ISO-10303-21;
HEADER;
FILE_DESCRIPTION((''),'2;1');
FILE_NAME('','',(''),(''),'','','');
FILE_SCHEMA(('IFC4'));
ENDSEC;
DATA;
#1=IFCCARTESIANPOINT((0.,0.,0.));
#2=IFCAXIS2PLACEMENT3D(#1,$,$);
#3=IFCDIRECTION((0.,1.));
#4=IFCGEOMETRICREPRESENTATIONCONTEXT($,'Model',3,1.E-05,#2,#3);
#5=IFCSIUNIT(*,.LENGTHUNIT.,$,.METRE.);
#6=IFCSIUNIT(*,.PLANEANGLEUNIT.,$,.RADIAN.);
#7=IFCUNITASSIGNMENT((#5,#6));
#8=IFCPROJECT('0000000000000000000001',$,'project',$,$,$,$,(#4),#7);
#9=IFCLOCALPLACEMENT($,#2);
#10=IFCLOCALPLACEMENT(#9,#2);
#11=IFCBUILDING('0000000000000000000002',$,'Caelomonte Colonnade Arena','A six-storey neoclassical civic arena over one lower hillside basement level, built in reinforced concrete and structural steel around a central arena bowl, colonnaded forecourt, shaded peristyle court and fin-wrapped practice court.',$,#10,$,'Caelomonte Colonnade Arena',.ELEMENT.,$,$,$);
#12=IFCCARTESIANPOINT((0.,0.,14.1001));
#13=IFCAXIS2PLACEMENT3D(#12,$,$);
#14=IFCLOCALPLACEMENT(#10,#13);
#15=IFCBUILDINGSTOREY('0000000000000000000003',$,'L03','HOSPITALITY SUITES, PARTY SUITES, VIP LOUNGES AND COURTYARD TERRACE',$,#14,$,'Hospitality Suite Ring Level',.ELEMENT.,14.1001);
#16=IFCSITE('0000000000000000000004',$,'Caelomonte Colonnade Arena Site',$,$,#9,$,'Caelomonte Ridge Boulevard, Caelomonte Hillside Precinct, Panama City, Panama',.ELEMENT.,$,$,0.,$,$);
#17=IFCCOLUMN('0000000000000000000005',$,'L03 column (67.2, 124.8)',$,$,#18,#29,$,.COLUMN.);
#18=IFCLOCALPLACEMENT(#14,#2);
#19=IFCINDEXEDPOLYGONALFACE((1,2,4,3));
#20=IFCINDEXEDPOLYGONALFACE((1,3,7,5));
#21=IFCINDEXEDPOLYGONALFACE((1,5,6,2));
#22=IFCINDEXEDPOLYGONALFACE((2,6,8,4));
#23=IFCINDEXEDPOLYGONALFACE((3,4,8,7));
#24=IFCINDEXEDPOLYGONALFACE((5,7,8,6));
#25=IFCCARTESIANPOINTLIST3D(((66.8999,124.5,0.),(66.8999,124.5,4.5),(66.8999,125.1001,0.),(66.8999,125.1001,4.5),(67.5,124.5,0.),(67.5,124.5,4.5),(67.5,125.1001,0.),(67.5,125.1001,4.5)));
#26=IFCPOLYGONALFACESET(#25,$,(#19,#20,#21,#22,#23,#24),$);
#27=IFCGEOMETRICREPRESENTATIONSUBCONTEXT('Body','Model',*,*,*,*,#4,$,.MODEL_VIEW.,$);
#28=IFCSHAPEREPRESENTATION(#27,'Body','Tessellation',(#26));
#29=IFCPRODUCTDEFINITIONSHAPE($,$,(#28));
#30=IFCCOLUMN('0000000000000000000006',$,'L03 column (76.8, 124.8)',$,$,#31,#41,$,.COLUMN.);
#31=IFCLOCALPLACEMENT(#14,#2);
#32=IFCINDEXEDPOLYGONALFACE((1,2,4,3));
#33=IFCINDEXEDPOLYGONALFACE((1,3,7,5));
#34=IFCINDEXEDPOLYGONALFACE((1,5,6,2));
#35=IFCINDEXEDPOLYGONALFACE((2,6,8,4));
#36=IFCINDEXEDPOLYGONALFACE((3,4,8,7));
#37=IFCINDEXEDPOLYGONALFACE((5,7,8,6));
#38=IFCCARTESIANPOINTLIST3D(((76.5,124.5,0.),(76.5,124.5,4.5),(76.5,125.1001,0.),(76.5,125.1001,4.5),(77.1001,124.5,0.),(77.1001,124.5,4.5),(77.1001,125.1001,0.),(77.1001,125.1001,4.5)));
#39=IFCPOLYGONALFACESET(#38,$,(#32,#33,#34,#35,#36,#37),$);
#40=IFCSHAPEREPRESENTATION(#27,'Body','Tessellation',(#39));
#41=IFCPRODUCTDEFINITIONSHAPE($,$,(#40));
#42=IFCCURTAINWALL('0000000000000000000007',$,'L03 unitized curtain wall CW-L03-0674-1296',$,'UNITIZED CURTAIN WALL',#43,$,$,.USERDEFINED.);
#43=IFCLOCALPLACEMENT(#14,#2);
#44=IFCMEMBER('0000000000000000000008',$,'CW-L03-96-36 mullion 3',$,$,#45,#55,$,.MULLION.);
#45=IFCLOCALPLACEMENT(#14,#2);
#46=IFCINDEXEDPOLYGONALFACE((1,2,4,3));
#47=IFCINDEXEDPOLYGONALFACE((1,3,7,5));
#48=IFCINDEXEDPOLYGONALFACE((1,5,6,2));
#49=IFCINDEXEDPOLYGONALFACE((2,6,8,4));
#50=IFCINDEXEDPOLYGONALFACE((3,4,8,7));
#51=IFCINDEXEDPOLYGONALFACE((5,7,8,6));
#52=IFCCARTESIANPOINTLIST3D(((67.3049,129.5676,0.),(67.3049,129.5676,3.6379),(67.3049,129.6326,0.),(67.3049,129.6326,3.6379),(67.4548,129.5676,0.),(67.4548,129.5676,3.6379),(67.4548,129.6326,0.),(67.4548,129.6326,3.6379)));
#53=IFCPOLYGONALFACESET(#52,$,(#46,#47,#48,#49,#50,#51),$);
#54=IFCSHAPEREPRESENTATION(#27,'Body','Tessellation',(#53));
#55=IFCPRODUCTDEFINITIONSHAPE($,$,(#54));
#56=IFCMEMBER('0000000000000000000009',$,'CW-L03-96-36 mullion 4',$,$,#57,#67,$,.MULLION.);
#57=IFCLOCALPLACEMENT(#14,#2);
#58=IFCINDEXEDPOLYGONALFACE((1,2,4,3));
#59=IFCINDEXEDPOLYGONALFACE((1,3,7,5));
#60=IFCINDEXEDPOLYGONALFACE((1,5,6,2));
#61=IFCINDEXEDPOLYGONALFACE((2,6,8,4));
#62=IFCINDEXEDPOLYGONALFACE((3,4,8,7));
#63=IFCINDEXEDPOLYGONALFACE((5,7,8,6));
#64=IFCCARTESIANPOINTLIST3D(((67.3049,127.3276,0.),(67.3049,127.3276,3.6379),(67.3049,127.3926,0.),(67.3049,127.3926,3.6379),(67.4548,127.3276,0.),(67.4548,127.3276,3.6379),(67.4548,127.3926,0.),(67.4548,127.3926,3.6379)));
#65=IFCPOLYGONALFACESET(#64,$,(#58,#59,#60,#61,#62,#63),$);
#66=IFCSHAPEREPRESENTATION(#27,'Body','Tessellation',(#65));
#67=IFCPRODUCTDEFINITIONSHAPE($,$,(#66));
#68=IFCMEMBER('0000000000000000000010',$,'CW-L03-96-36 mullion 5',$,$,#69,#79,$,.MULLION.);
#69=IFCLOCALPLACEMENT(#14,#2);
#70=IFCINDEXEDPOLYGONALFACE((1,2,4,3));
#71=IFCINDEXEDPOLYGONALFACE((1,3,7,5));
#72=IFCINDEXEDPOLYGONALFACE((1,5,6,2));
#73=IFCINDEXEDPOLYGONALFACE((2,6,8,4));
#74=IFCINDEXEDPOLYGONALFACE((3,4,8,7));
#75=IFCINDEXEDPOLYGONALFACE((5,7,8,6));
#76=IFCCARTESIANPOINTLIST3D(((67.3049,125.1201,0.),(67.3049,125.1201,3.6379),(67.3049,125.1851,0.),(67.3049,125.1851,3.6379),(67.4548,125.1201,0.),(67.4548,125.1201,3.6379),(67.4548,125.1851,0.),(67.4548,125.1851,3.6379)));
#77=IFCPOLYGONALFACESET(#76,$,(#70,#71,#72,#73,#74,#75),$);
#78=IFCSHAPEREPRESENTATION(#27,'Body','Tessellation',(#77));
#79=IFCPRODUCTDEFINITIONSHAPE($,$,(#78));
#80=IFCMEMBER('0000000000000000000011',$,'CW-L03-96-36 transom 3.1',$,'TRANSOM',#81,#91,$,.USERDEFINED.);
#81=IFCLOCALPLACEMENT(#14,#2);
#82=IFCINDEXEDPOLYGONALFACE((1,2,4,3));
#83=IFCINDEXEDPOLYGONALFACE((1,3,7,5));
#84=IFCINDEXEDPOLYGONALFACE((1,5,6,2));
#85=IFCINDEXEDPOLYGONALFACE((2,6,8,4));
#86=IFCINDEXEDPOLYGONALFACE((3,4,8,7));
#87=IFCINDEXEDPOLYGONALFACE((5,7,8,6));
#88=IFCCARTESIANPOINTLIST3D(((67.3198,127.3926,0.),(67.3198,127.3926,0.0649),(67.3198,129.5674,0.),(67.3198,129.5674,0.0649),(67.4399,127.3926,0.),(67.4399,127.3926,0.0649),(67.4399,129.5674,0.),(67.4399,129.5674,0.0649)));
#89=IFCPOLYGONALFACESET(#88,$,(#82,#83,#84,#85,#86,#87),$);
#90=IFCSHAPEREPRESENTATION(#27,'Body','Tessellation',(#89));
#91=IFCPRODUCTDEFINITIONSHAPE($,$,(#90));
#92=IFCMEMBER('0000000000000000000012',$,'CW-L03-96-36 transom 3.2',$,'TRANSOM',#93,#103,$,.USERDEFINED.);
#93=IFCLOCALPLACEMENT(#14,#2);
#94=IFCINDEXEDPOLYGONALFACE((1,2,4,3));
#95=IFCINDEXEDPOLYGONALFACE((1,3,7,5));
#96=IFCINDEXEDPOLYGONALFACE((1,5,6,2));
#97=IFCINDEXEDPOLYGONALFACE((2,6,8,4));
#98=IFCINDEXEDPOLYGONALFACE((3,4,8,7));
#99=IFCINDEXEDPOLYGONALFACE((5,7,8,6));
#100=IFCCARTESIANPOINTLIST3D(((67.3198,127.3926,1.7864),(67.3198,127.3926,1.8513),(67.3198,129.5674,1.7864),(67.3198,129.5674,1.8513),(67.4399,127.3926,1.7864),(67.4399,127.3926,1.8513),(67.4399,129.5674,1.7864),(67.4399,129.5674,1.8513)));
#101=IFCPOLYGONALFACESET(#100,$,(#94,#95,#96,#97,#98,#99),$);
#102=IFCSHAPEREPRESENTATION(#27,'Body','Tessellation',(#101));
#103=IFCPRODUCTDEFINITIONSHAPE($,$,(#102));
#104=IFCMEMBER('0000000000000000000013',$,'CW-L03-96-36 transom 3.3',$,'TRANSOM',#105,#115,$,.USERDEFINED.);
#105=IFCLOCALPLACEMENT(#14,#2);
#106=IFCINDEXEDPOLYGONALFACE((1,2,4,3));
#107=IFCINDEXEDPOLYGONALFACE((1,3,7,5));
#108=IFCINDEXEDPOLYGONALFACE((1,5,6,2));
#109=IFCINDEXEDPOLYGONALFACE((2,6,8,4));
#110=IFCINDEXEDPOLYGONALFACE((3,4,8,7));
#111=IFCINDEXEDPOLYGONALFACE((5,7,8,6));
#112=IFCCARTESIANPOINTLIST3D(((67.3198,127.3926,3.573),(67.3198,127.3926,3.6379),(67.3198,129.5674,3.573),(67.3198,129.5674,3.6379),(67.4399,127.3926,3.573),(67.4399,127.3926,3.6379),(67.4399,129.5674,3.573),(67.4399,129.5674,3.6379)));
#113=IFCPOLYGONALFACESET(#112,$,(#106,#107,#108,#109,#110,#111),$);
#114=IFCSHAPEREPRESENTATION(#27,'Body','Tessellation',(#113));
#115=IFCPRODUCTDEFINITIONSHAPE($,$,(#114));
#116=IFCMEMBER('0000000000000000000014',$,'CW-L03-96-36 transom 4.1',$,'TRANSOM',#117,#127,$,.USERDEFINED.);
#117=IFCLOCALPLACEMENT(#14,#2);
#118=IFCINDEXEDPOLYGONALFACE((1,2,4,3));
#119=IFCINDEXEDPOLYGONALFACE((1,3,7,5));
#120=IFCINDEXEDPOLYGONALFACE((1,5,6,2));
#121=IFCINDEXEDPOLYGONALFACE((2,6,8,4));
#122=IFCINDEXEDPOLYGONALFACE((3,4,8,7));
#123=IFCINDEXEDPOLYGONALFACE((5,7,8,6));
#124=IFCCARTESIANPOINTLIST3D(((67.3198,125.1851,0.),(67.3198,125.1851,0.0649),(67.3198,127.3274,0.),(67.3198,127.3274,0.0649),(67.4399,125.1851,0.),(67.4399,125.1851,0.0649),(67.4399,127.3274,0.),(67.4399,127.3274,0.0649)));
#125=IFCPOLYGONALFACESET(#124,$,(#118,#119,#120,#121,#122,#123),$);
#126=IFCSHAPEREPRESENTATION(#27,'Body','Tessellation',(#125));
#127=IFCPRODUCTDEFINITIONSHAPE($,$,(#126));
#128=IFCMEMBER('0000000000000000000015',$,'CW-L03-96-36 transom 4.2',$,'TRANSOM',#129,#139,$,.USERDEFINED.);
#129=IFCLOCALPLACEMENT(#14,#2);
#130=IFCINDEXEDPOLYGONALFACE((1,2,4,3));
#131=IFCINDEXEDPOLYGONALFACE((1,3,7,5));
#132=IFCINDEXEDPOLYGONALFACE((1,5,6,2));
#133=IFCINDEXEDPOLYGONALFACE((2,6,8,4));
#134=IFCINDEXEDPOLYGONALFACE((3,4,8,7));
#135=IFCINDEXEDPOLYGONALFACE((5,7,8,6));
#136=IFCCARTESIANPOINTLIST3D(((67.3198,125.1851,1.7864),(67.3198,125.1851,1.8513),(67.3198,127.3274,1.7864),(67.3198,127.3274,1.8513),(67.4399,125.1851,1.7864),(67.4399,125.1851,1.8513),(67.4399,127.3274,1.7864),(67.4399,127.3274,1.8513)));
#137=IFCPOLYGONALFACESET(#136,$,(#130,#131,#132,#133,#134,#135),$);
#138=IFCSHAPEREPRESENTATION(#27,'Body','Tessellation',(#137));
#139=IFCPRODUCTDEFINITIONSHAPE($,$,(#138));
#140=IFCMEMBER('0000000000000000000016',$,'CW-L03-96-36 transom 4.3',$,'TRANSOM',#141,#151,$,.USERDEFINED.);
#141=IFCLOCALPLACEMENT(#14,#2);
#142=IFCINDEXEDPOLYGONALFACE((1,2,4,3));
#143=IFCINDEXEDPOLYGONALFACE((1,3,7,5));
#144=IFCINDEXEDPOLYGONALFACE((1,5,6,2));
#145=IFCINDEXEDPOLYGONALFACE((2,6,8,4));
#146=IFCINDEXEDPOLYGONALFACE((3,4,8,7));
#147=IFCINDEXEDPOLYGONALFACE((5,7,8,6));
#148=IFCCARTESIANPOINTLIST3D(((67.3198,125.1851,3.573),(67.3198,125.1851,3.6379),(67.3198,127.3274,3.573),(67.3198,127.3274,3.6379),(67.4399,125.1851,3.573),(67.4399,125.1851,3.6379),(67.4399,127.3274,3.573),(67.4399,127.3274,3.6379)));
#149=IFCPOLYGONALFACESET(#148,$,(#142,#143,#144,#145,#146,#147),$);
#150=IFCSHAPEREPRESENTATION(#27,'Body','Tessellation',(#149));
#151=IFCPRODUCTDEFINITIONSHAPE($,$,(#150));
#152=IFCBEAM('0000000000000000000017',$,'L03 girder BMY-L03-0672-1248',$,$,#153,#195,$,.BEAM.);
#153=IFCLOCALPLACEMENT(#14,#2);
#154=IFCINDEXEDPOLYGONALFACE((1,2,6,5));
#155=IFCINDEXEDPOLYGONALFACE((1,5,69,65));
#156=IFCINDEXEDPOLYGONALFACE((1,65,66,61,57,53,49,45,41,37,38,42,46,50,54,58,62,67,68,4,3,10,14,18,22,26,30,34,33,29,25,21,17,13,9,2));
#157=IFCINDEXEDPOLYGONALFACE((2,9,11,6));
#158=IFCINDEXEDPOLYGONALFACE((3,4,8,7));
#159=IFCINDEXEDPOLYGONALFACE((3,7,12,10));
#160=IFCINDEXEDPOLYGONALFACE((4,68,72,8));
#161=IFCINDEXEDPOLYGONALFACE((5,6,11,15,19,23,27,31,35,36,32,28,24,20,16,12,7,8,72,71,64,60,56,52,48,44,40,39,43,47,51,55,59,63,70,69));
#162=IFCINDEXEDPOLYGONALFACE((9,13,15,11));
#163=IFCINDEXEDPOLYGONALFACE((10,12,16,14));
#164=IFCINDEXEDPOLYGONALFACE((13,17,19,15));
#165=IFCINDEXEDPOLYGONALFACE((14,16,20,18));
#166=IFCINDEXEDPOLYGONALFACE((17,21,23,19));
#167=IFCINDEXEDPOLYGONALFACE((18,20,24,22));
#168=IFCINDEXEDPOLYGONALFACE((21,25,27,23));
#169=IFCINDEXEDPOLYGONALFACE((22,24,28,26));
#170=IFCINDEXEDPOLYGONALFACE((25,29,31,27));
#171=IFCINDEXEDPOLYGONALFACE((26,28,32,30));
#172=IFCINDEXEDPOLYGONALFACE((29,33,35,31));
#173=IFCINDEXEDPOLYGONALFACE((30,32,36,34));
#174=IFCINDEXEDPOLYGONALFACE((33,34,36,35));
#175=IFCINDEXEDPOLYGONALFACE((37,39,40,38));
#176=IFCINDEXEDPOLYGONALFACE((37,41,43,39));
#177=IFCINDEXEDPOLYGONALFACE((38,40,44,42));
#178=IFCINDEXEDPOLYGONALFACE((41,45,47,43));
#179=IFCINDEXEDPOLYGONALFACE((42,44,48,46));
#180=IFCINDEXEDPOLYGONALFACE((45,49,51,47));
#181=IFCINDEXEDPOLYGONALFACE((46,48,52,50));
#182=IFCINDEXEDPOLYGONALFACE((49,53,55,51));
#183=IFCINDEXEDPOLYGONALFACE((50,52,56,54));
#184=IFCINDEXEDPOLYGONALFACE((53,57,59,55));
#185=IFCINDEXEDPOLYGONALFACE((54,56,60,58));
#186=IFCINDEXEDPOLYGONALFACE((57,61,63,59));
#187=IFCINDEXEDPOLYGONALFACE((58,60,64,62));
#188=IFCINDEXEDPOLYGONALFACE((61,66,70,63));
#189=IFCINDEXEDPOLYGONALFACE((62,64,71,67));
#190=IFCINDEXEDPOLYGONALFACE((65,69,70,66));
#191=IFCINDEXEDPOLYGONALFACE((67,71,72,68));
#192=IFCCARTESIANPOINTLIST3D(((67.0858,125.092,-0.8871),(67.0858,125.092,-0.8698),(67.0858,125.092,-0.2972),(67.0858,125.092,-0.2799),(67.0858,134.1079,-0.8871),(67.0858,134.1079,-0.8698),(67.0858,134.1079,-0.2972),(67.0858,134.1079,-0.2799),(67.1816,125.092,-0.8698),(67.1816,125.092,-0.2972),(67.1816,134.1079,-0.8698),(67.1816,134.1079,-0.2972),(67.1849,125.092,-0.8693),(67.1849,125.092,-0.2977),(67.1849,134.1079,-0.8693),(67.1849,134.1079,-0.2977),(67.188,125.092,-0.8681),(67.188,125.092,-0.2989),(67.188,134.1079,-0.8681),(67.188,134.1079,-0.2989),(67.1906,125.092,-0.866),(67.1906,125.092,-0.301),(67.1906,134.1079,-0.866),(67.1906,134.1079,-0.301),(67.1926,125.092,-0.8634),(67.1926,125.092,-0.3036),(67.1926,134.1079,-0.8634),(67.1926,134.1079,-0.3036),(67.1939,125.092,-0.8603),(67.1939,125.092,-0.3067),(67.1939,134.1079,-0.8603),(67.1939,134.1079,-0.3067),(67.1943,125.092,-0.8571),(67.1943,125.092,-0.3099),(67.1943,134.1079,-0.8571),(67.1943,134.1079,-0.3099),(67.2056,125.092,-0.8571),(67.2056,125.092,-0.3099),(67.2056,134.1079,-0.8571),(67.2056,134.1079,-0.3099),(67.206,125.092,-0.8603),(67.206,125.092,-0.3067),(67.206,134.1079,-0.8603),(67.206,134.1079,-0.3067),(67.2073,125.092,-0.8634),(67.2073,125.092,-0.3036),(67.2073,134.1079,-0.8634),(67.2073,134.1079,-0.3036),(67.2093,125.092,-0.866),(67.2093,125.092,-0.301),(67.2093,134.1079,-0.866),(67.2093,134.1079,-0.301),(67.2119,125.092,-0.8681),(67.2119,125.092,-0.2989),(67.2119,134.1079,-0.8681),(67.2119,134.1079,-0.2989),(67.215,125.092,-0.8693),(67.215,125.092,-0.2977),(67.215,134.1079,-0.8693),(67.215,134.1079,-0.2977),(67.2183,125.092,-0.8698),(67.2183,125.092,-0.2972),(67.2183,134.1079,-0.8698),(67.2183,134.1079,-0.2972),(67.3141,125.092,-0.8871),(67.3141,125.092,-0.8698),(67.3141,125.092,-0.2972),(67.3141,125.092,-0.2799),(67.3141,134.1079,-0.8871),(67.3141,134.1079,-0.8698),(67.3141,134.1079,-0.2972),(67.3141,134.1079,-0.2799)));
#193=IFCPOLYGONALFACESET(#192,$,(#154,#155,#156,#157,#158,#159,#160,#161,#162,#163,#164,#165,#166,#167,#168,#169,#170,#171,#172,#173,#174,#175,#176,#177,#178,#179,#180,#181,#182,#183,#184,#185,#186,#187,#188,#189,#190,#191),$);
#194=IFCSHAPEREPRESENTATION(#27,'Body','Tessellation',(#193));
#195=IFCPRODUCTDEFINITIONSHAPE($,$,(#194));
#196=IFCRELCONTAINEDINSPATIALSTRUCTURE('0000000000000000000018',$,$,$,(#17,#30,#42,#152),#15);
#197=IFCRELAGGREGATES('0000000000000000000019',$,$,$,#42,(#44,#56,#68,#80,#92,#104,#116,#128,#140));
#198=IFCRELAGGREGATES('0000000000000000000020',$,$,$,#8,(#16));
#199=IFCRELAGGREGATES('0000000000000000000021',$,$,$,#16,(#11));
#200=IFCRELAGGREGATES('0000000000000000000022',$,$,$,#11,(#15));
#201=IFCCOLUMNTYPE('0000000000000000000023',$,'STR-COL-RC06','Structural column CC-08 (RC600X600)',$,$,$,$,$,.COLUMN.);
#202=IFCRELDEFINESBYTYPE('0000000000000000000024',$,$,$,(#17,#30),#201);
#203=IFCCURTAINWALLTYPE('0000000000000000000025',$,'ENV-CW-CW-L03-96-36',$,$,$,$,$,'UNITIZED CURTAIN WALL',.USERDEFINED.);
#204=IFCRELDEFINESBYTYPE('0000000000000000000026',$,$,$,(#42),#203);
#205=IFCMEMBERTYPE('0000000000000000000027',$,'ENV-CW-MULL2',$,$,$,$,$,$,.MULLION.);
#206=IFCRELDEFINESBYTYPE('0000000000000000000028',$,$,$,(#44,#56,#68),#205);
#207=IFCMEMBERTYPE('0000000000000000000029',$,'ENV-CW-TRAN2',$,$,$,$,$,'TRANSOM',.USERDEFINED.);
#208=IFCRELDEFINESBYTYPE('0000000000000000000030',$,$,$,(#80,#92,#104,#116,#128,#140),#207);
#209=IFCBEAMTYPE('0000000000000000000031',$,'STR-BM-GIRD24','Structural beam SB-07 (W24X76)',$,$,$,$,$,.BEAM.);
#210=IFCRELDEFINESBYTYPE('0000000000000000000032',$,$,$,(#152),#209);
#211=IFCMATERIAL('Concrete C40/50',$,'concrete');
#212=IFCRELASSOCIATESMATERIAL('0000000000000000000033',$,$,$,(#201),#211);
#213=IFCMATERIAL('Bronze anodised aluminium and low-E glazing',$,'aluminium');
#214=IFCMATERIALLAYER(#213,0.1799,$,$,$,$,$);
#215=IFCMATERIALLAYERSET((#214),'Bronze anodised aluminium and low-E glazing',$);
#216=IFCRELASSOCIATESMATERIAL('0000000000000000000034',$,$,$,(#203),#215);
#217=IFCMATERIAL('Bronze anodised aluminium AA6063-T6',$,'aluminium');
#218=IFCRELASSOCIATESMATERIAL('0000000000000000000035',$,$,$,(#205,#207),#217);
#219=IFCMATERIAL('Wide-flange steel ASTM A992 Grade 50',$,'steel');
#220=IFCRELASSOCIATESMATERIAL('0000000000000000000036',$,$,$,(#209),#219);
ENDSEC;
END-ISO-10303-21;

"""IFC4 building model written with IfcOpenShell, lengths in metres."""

from ifc_helpers import new_model, si_unit, direction, frame, origin, origin_2d, place, context, subcontext, project, spatial, rectangle, i_section, extrude, material, layer, layer_set, material_profile, profile_set, type_object, element, aggregate, save


model = new_model("IFC4")

# Units and contexts
model_context = context("Model", 3, precision=1e-05, world=origin(), true_north=direction((0.0, 1.0)))
body_context = subcontext(model_context, "Body", "Model", "MODEL_VIEW")
ifc_project = project(units=[si_unit("LENGTHUNIT", "METRE"), si_unit("PLANEANGLEUNIT", "RADIAN")], contexts=[model_context])

# Site, building, storey
site_placement = place(None, origin())
site = spatial("IfcSite", under=ifc_project, at=site_placement, Name="Caelomonte Colonnade Arena Site", LongName="Caelomonte Ridge Boulevard, Caelomonte Hillside Precinct, Panama City, Panama", CompositionType="ELEMENT", RefElevation=0.0)
building_placement = place(site_placement, origin())
building = spatial("IfcBuilding", under=site, at=building_placement, Name="Caelomonte Colonnade Arena", Description="A six-storey neoclassical civic arena over one lower hillside basement level, built in reinforced concrete and structural steel around a central arena bowl, colonnaded forecourt, shaded peristyle court and fin-wrapped practice court.", LongName="Caelomonte Colonnade Arena", CompositionType="ELEMENT")
storey_placement = place(building_placement, frame((0.0, 0.0, 14.1001)))
storey = spatial("IfcBuildingStorey", under=building, at=storey_placement, Name="L03", Description="HOSPITALITY SUITES, PARTY SUITES, VIP LOUNGES AND COURTYARD TERRACE", LongName="Hospitality Suite Ring Level", CompositionType="ELEMENT", Elevation=14.1001)

# Columns
ifc_material_1 = material(Name="Concrete C40/50", Category="concrete")
ifc_material_profile_1 = material_profile(ifc_material_1, rectangle(XDim=0.6001, YDim=0.6001, at=origin_2d()), Name="RC600X600")
ifc_profile_set_1 = profile_set([ifc_material_profile_1], Name="Concrete C40/50")
column_type = type_object("IfcColumnType", Name="STR-COL-RC06", Description="Structural column CC-08 (RC600X600)", PredefinedType="COLUMN", material=ifc_profile_set_1)
for number, where, z_axis, x_axis, name in (
    (1, (67.2, 124.8, 0.0), (0.0, 0.0, 1.0), (1.0, 0.0, 0.0), "L03 column (67.2, 124.8)"),
    (2, (76.8, 124.8, 0.0), (0.0, 0.0, 1.0), (1.0, 0.0, 0.0), "L03 column (76.8, 124.8)"),
):
    element("IfcColumn", number, at=place(storey_placement, frame(where, z_axis=z_axis, x_axis=x_axis)), inside=storey, type_object=column_type, Name=name, PredefinedType="COLUMN", context=body_context, shape_type="SweptSolid", body=[
        extrude(rectangle(XDim=0.6001, YDim=0.6001, at=origin_2d()), origin(), (0.0, 0.0, 1.0), 4.5),
    ])

# Curtain wall, members
ifc_material_2 = material(Name="Bronze anodised aluminium and low-E glazing", Category="aluminium")
ifc_layer_1 = layer(ifc_material_2, 0.1799)
ifc_layer_set_1 = layer_set([ifc_layer_1], Name="Bronze anodised aluminium and low-E glazing")
curtain_wall_type = type_object("IfcCurtainWallType", Name="ENV-CW-CW-L03-96-36", ElementType="UNITIZED CURTAIN WALL", PredefinedType="USERDEFINED", material=ifc_layer_set_1)
curtain_wall_placement = place(storey_placement, origin())
curtain_wall = element("IfcCurtainWall", 3, at=curtain_wall_placement, inside=storey, type_object=curtain_wall_type, Name="L03 unitized curtain wall CW-L03-0674-1296", ObjectType="UNITIZED CURTAIN WALL", PredefinedType="USERDEFINED")
ifc_material_3 = material(Name="Bronze anodised aluminium AA6063-T6", Category="aluminium")
ifc_material_profile_2 = material_profile(ifc_material_3, rectangle(XDim=0.0649, YDim=0.1499, at=origin_2d()), Name="CWM-65X150")
ifc_profile_set_2 = profile_set([ifc_material_profile_2], Name="Bronze anodised aluminium AA6063-T6")
member_type_1 = type_object("IfcMemberType", Name="ENV-CW-MULL2", PredefinedType="MULLION", material=ifc_profile_set_2)
member_1_placement = place(storey_placement, frame((67.3799, 129.6001, 0.0), z_axis=(0.0, 0.0, 1.0), x_axis=(0.0, -1.0, 0.0)))
member_1 = element("IfcMember", 4, at=member_1_placement, type_object=member_type_1, Name="CW-L03-96-36 mullion 3", PredefinedType="MULLION", context=body_context, shape_type="SweptSolid", body=[
    extrude(rectangle(XDim=0.0649, YDim=0.1499, at=origin_2d()), origin(), (0.0, 0.0, 1.0), 3.6379),
])
member_2_placement = place(storey_placement, frame((67.3799, 127.3601, 0.0), z_axis=(0.0, 0.0, 1.0), x_axis=(0.0, -1.0, 0.0)))
member_2 = element("IfcMember", 5, at=member_2_placement, type_object=member_type_1, Name="CW-L03-96-36 mullion 4", PredefinedType="MULLION", context=body_context, shape_type="SweptSolid", body=[
    extrude(rectangle(XDim=0.0649, YDim=0.1499, at=origin_2d()), origin(), (0.0, 0.0, 1.0), 3.6379),
])
member_3_placement = place(storey_placement, frame((67.3799, 125.1526, 0.0), z_axis=(0.0, 0.0, 1.0), x_axis=(0.0, -1.0, 0.0)))
member_3 = element("IfcMember", 6, at=member_3_placement, type_object=member_type_1, Name="CW-L03-96-36 mullion 5", PredefinedType="MULLION", context=body_context, shape_type="SweptSolid", body=[
    extrude(rectangle(XDim=0.0649, YDim=0.1499, at=origin_2d()), origin(), (0.0, 0.0, 1.0), 3.6379),
])
ifc_material_profile_3 = material_profile(ifc_material_3, rectangle(XDim=0.0649, YDim=0.1201, at=origin_2d()), Name="CWT-65X120")
ifc_profile_set_3 = profile_set([ifc_material_profile_3], Name="Bronze anodised aluminium AA6063-T6")
member_type_2 = type_object("IfcMemberType", Name="ENV-CW-TRAN2", ElementType="TRANSOM", PredefinedType="USERDEFINED", material=ifc_profile_set_3)
member_4_placement = place(storey_placement, frame((67.3799, 129.5674, 0.0325), z_axis=(0.0, -1.0, 0.0), x_axis=(0.0, 0.0, 1.0)))
member_4 = element("IfcMember", 7, at=member_4_placement, type_object=member_type_2, Name="CW-L03-96-36 transom 3.1", ObjectType="TRANSOM", PredefinedType="USERDEFINED", context=body_context, shape_type="SweptSolid", body=[
    extrude(rectangle(XDim=0.0649, YDim=0.1201, at=origin_2d()), origin(), (0.0, 0.0, 1.0), 2.1748),
])
member_5_placement = place(storey_placement, frame((67.3799, 129.5674, 1.8188), z_axis=(0.0, -1.0, 0.0), x_axis=(0.0, 0.0, 1.0)))
member_5 = element("IfcMember", 8, at=member_5_placement, type_object=member_type_2, Name="CW-L03-96-36 transom 3.2", ObjectType="TRANSOM", PredefinedType="USERDEFINED", context=body_context, shape_type="SweptSolid", body=[
    extrude(rectangle(XDim=0.0649, YDim=0.1201, at=origin_2d()), origin(), (0.0, 0.0, 1.0), 2.1748),
])
member_6_placement = place(storey_placement, frame((67.3799, 129.5674, 3.6055), z_axis=(0.0, -1.0, 0.0), x_axis=(0.0, 0.0, 1.0)))
member_6 = element("IfcMember", 9, at=member_6_placement, type_object=member_type_2, Name="CW-L03-96-36 transom 3.3", ObjectType="TRANSOM", PredefinedType="USERDEFINED", context=body_context, shape_type="SweptSolid", body=[
    extrude(rectangle(XDim=0.0649, YDim=0.1201, at=origin_2d()), origin(), (0.0, 0.0, 1.0), 2.1748),
])
member_7_placement = place(storey_placement, frame((67.3799, 127.3274, 0.0325), z_axis=(0.0, -1.0, 0.0), x_axis=(0.0, 0.0, 1.0)))
member_7 = element("IfcMember", 10, at=member_7_placement, type_object=member_type_2, Name="CW-L03-96-36 transom 4.1", ObjectType="TRANSOM", PredefinedType="USERDEFINED", context=body_context, shape_type="SweptSolid", body=[
    extrude(rectangle(XDim=0.0649, YDim=0.1201, at=origin_2d()), origin(), (0.0, 0.0, 1.0), 2.1423),
])
member_8_placement = place(storey_placement, frame((67.3799, 127.3274, 1.8188), z_axis=(0.0, -1.0, 0.0), x_axis=(0.0, 0.0, 1.0)))
member_8 = element("IfcMember", 11, at=member_8_placement, type_object=member_type_2, Name="CW-L03-96-36 transom 4.2", ObjectType="TRANSOM", PredefinedType="USERDEFINED", context=body_context, shape_type="SweptSolid", body=[
    extrude(rectangle(XDim=0.0649, YDim=0.1201, at=origin_2d()), origin(), (0.0, 0.0, 1.0), 2.1423),
])
member_9_placement = place(storey_placement, frame((67.3799, 127.3274, 3.6055), z_axis=(0.0, -1.0, 0.0), x_axis=(0.0, 0.0, 1.0)))
member_9 = element("IfcMember", 12, at=member_9_placement, type_object=member_type_2, Name="CW-L03-96-36 transom 4.3", ObjectType="TRANSOM", PredefinedType="USERDEFINED", context=body_context, shape_type="SweptSolid", body=[
    extrude(rectangle(XDim=0.0649, YDim=0.1201, at=origin_2d()), origin(), (0.0, 0.0, 1.0), 2.1423),
])

# Beam
ifc_material_4 = material(Name="Wide-flange steel ASTM A992 Grade 50", Category="steel")
ifc_material_profile_4 = material_profile(ifc_material_4, i_section(OverallWidth=0.2283, OverallDepth=0.6072, WebThickness=0.0112, FlangeThickness=0.0173, FilletRadius=0.0127, at=origin_2d()), Name="W24X76")
ifc_profile_set_4 = profile_set([ifc_material_profile_4], Name="Wide-flange steel ASTM A992 Grade 50")
beam_type_1 = type_object("IfcBeamType", Name="STR-BM-GIRD24", Description="Structural beam SB-07 (W24X76)", PredefinedType="BEAM", material=ifc_profile_set_4)
beam_1_placement = place(storey_placement, frame((67.2, 125.092, -0.5835), z_axis=(0.0, 1.0, 0.0), x_axis=(-1.0, 0.0, 0.0)))
element("IfcBeam", 13, at=beam_1_placement, inside=storey, type_object=beam_type_1, Name="L03 girder BMY-L03-0672-1248", PredefinedType="BEAM", context=body_context, shape_type="SweptSolid", body=[
    extrude(i_section(OverallWidth=0.2283, OverallDepth=0.6072, WebThickness=0.0112, FlangeThickness=0.0173, FilletRadius=0.0127, at=origin_2d()), origin(), (0.0, 0.0, 1.0), 9.0159),
])

aggregate(curtain_wall, [member_1, member_2, member_3, member_4, member_5, member_6, member_7, member_8, member_9])

save(model, "model.ifc")
